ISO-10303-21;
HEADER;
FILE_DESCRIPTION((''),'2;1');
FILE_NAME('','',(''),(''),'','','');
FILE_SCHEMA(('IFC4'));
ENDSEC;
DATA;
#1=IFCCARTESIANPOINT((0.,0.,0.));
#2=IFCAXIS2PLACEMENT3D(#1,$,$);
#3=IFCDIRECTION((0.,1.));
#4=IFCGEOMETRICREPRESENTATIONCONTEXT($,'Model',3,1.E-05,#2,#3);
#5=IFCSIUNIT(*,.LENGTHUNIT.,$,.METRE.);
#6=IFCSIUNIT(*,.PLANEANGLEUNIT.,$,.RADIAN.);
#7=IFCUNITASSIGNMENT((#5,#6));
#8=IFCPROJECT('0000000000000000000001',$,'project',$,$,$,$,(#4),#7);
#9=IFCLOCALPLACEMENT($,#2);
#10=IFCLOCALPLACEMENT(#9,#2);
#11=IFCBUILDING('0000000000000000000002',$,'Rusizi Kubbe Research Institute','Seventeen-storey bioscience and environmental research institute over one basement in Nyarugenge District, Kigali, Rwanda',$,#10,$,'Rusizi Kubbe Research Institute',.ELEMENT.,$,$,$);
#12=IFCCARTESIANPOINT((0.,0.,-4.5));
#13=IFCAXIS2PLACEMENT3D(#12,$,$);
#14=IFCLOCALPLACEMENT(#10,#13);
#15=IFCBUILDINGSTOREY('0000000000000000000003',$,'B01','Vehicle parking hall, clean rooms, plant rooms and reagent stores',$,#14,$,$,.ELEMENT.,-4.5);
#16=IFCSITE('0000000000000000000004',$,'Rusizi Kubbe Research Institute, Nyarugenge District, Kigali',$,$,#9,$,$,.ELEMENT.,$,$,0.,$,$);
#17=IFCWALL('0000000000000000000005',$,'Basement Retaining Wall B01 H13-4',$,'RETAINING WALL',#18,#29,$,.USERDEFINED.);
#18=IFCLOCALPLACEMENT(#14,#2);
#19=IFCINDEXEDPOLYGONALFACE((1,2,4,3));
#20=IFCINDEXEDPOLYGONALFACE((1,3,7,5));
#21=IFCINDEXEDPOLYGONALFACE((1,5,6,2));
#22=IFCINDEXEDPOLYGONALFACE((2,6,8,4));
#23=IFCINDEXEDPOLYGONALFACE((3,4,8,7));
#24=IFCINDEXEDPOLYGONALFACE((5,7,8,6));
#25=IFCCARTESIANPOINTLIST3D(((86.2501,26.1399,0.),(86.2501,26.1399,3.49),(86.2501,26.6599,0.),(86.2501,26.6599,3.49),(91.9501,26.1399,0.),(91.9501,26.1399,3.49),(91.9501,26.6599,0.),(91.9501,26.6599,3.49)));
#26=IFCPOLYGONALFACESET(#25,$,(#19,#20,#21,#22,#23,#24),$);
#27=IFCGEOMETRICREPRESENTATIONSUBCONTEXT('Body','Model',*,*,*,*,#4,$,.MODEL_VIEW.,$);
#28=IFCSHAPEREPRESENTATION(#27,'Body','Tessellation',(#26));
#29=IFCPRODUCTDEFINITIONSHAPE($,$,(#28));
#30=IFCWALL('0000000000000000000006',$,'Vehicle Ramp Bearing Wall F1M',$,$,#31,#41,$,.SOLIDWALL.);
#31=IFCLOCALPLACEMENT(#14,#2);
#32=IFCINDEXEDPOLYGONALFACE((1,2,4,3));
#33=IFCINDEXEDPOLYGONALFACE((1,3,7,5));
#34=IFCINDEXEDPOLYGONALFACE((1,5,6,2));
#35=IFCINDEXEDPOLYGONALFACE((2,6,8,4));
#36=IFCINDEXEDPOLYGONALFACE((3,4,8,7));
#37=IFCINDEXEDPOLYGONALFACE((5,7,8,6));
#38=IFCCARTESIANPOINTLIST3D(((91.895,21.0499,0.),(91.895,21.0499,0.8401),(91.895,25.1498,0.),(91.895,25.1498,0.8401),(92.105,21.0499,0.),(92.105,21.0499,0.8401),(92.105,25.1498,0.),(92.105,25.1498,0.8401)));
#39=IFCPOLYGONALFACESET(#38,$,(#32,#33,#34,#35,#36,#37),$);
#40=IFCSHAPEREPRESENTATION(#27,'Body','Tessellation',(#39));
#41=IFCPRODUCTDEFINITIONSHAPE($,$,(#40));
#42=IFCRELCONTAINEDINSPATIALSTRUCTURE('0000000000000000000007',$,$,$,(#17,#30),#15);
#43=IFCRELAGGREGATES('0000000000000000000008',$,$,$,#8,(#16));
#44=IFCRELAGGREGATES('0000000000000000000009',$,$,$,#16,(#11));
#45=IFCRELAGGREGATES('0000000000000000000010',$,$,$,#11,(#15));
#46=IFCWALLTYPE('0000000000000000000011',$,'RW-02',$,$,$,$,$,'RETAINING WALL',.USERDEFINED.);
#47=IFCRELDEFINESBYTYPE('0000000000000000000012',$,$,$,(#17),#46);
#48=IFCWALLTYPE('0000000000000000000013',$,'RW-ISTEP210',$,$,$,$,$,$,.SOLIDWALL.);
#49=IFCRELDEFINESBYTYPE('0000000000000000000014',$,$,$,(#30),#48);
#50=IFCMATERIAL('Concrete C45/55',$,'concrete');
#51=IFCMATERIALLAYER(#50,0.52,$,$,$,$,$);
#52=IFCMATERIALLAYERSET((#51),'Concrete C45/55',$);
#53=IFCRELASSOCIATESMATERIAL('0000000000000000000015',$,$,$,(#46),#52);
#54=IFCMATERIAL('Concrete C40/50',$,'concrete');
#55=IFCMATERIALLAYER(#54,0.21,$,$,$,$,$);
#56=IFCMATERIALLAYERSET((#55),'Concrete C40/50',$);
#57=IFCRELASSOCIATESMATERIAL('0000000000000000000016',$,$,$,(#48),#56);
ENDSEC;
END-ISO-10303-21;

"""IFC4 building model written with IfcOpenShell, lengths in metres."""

from ifc_helpers import new_model, si_unit, direction, frame, frame_2d, origin, place, context, subcontext, project, spatial, rectangle, extrude, material, layer, layer_set, type_object, element, save


model = new_model("IFC4")

# Units and contexts
model_context = context("Model", 3, precision=1e-05, world=origin(), true_north=direction((0.0, 1.0)))
body_context = subcontext(model_context, "Body", "Model", "MODEL_VIEW")
ifc_project = project(units=[si_unit("LENGTHUNIT", "METRE"), si_unit("PLANEANGLEUNIT", "RADIAN")], contexts=[model_context])

# Site, building, storey
site_placement = place(None, origin())
site = spatial("IfcSite", under=ifc_project, at=site_placement, Name="Rusizi Kubbe Research Institute, Nyarugenge District, Kigali", CompositionType="ELEMENT", RefElevation=0.0)
building_placement = place(site_placement, origin())
building = spatial("IfcBuilding", under=site, at=building_placement, Name="Rusizi Kubbe Research Institute", Description="Seventeen-storey bioscience and environmental research institute over one basement in Nyarugenge District, Kigali, Rwanda", LongName="Rusizi Kubbe Research Institute", CompositionType="ELEMENT")
storey_placement = place(building_placement, frame((0.0, 0.0, -4.5)))
storey = spatial("IfcBuildingStorey", under=building, at=storey_placement, Name="B01", Description="Vehicle parking hall, clean rooms, plant rooms and reagent stores", CompositionType="ELEMENT", Elevation=-4.5)

# Walls
ifc_material_1 = material(Name="Concrete C45/55", Category="concrete")
ifc_layer_1 = layer(ifc_material_1, 0.52)
ifc_layer_set_1 = layer_set([ifc_layer_1], Name="Concrete C45/55")
wall_type_1 = type_object("IfcWallType", Name="RW-02", ElementType="RETAINING WALL", PredefinedType="USERDEFINED", material=ifc_layer_set_1)
wall_1_placement = place(storey_placement, frame((86.25, 26.3999, 0.0), z_axis=(0.0, 0.0, 1.0), x_axis=(1.0, 0.0, 0.0)))
element("IfcWall", 1, at=wall_1_placement, inside=storey, type_object=wall_type_1, Name="Basement Retaining Wall B01 H13-4", ObjectType="RETAINING WALL", PredefinedType="USERDEFINED", context=body_context, shape_type="SweptSolid", body=[
    extrude(rectangle(XDim=5.7, YDim=0.52, at=frame_2d((2.8501, 0.0))), origin(), (0.0, 0.0, 1.0), 3.49),
])
ifc_material_2 = material(Name="Concrete C40/50", Category="concrete")
ifc_layer_2 = layer(ifc_material_2, 0.21)
ifc_layer_set_2 = layer_set([ifc_layer_2], Name="Concrete C40/50")
wall_type_2 = type_object("IfcWallType", Name="RW-ISTEP210", PredefinedType="SOLIDWALL", material=ifc_layer_set_2)
wall_2_placement = place(storey_placement, frame((92.0, 21.05, 0.0), z_axis=(0.0, 0.0, 1.0), x_axis=(0.0, 1.0, 0.0)))
element("IfcWall", 2, at=wall_2_placement, inside=storey, type_object=wall_type_2, Name="Vehicle Ramp Bearing Wall F1M", PredefinedType="SOLIDWALL", context=body_context, shape_type="SweptSolid", body=[
    extrude(rectangle(XDim=4.0999, YDim=0.21, at=frame_2d((2.0498, 0.0))), origin(), (0.0, 0.0, 1.0), 0.8401),
])

save(model, "model.ifc")
